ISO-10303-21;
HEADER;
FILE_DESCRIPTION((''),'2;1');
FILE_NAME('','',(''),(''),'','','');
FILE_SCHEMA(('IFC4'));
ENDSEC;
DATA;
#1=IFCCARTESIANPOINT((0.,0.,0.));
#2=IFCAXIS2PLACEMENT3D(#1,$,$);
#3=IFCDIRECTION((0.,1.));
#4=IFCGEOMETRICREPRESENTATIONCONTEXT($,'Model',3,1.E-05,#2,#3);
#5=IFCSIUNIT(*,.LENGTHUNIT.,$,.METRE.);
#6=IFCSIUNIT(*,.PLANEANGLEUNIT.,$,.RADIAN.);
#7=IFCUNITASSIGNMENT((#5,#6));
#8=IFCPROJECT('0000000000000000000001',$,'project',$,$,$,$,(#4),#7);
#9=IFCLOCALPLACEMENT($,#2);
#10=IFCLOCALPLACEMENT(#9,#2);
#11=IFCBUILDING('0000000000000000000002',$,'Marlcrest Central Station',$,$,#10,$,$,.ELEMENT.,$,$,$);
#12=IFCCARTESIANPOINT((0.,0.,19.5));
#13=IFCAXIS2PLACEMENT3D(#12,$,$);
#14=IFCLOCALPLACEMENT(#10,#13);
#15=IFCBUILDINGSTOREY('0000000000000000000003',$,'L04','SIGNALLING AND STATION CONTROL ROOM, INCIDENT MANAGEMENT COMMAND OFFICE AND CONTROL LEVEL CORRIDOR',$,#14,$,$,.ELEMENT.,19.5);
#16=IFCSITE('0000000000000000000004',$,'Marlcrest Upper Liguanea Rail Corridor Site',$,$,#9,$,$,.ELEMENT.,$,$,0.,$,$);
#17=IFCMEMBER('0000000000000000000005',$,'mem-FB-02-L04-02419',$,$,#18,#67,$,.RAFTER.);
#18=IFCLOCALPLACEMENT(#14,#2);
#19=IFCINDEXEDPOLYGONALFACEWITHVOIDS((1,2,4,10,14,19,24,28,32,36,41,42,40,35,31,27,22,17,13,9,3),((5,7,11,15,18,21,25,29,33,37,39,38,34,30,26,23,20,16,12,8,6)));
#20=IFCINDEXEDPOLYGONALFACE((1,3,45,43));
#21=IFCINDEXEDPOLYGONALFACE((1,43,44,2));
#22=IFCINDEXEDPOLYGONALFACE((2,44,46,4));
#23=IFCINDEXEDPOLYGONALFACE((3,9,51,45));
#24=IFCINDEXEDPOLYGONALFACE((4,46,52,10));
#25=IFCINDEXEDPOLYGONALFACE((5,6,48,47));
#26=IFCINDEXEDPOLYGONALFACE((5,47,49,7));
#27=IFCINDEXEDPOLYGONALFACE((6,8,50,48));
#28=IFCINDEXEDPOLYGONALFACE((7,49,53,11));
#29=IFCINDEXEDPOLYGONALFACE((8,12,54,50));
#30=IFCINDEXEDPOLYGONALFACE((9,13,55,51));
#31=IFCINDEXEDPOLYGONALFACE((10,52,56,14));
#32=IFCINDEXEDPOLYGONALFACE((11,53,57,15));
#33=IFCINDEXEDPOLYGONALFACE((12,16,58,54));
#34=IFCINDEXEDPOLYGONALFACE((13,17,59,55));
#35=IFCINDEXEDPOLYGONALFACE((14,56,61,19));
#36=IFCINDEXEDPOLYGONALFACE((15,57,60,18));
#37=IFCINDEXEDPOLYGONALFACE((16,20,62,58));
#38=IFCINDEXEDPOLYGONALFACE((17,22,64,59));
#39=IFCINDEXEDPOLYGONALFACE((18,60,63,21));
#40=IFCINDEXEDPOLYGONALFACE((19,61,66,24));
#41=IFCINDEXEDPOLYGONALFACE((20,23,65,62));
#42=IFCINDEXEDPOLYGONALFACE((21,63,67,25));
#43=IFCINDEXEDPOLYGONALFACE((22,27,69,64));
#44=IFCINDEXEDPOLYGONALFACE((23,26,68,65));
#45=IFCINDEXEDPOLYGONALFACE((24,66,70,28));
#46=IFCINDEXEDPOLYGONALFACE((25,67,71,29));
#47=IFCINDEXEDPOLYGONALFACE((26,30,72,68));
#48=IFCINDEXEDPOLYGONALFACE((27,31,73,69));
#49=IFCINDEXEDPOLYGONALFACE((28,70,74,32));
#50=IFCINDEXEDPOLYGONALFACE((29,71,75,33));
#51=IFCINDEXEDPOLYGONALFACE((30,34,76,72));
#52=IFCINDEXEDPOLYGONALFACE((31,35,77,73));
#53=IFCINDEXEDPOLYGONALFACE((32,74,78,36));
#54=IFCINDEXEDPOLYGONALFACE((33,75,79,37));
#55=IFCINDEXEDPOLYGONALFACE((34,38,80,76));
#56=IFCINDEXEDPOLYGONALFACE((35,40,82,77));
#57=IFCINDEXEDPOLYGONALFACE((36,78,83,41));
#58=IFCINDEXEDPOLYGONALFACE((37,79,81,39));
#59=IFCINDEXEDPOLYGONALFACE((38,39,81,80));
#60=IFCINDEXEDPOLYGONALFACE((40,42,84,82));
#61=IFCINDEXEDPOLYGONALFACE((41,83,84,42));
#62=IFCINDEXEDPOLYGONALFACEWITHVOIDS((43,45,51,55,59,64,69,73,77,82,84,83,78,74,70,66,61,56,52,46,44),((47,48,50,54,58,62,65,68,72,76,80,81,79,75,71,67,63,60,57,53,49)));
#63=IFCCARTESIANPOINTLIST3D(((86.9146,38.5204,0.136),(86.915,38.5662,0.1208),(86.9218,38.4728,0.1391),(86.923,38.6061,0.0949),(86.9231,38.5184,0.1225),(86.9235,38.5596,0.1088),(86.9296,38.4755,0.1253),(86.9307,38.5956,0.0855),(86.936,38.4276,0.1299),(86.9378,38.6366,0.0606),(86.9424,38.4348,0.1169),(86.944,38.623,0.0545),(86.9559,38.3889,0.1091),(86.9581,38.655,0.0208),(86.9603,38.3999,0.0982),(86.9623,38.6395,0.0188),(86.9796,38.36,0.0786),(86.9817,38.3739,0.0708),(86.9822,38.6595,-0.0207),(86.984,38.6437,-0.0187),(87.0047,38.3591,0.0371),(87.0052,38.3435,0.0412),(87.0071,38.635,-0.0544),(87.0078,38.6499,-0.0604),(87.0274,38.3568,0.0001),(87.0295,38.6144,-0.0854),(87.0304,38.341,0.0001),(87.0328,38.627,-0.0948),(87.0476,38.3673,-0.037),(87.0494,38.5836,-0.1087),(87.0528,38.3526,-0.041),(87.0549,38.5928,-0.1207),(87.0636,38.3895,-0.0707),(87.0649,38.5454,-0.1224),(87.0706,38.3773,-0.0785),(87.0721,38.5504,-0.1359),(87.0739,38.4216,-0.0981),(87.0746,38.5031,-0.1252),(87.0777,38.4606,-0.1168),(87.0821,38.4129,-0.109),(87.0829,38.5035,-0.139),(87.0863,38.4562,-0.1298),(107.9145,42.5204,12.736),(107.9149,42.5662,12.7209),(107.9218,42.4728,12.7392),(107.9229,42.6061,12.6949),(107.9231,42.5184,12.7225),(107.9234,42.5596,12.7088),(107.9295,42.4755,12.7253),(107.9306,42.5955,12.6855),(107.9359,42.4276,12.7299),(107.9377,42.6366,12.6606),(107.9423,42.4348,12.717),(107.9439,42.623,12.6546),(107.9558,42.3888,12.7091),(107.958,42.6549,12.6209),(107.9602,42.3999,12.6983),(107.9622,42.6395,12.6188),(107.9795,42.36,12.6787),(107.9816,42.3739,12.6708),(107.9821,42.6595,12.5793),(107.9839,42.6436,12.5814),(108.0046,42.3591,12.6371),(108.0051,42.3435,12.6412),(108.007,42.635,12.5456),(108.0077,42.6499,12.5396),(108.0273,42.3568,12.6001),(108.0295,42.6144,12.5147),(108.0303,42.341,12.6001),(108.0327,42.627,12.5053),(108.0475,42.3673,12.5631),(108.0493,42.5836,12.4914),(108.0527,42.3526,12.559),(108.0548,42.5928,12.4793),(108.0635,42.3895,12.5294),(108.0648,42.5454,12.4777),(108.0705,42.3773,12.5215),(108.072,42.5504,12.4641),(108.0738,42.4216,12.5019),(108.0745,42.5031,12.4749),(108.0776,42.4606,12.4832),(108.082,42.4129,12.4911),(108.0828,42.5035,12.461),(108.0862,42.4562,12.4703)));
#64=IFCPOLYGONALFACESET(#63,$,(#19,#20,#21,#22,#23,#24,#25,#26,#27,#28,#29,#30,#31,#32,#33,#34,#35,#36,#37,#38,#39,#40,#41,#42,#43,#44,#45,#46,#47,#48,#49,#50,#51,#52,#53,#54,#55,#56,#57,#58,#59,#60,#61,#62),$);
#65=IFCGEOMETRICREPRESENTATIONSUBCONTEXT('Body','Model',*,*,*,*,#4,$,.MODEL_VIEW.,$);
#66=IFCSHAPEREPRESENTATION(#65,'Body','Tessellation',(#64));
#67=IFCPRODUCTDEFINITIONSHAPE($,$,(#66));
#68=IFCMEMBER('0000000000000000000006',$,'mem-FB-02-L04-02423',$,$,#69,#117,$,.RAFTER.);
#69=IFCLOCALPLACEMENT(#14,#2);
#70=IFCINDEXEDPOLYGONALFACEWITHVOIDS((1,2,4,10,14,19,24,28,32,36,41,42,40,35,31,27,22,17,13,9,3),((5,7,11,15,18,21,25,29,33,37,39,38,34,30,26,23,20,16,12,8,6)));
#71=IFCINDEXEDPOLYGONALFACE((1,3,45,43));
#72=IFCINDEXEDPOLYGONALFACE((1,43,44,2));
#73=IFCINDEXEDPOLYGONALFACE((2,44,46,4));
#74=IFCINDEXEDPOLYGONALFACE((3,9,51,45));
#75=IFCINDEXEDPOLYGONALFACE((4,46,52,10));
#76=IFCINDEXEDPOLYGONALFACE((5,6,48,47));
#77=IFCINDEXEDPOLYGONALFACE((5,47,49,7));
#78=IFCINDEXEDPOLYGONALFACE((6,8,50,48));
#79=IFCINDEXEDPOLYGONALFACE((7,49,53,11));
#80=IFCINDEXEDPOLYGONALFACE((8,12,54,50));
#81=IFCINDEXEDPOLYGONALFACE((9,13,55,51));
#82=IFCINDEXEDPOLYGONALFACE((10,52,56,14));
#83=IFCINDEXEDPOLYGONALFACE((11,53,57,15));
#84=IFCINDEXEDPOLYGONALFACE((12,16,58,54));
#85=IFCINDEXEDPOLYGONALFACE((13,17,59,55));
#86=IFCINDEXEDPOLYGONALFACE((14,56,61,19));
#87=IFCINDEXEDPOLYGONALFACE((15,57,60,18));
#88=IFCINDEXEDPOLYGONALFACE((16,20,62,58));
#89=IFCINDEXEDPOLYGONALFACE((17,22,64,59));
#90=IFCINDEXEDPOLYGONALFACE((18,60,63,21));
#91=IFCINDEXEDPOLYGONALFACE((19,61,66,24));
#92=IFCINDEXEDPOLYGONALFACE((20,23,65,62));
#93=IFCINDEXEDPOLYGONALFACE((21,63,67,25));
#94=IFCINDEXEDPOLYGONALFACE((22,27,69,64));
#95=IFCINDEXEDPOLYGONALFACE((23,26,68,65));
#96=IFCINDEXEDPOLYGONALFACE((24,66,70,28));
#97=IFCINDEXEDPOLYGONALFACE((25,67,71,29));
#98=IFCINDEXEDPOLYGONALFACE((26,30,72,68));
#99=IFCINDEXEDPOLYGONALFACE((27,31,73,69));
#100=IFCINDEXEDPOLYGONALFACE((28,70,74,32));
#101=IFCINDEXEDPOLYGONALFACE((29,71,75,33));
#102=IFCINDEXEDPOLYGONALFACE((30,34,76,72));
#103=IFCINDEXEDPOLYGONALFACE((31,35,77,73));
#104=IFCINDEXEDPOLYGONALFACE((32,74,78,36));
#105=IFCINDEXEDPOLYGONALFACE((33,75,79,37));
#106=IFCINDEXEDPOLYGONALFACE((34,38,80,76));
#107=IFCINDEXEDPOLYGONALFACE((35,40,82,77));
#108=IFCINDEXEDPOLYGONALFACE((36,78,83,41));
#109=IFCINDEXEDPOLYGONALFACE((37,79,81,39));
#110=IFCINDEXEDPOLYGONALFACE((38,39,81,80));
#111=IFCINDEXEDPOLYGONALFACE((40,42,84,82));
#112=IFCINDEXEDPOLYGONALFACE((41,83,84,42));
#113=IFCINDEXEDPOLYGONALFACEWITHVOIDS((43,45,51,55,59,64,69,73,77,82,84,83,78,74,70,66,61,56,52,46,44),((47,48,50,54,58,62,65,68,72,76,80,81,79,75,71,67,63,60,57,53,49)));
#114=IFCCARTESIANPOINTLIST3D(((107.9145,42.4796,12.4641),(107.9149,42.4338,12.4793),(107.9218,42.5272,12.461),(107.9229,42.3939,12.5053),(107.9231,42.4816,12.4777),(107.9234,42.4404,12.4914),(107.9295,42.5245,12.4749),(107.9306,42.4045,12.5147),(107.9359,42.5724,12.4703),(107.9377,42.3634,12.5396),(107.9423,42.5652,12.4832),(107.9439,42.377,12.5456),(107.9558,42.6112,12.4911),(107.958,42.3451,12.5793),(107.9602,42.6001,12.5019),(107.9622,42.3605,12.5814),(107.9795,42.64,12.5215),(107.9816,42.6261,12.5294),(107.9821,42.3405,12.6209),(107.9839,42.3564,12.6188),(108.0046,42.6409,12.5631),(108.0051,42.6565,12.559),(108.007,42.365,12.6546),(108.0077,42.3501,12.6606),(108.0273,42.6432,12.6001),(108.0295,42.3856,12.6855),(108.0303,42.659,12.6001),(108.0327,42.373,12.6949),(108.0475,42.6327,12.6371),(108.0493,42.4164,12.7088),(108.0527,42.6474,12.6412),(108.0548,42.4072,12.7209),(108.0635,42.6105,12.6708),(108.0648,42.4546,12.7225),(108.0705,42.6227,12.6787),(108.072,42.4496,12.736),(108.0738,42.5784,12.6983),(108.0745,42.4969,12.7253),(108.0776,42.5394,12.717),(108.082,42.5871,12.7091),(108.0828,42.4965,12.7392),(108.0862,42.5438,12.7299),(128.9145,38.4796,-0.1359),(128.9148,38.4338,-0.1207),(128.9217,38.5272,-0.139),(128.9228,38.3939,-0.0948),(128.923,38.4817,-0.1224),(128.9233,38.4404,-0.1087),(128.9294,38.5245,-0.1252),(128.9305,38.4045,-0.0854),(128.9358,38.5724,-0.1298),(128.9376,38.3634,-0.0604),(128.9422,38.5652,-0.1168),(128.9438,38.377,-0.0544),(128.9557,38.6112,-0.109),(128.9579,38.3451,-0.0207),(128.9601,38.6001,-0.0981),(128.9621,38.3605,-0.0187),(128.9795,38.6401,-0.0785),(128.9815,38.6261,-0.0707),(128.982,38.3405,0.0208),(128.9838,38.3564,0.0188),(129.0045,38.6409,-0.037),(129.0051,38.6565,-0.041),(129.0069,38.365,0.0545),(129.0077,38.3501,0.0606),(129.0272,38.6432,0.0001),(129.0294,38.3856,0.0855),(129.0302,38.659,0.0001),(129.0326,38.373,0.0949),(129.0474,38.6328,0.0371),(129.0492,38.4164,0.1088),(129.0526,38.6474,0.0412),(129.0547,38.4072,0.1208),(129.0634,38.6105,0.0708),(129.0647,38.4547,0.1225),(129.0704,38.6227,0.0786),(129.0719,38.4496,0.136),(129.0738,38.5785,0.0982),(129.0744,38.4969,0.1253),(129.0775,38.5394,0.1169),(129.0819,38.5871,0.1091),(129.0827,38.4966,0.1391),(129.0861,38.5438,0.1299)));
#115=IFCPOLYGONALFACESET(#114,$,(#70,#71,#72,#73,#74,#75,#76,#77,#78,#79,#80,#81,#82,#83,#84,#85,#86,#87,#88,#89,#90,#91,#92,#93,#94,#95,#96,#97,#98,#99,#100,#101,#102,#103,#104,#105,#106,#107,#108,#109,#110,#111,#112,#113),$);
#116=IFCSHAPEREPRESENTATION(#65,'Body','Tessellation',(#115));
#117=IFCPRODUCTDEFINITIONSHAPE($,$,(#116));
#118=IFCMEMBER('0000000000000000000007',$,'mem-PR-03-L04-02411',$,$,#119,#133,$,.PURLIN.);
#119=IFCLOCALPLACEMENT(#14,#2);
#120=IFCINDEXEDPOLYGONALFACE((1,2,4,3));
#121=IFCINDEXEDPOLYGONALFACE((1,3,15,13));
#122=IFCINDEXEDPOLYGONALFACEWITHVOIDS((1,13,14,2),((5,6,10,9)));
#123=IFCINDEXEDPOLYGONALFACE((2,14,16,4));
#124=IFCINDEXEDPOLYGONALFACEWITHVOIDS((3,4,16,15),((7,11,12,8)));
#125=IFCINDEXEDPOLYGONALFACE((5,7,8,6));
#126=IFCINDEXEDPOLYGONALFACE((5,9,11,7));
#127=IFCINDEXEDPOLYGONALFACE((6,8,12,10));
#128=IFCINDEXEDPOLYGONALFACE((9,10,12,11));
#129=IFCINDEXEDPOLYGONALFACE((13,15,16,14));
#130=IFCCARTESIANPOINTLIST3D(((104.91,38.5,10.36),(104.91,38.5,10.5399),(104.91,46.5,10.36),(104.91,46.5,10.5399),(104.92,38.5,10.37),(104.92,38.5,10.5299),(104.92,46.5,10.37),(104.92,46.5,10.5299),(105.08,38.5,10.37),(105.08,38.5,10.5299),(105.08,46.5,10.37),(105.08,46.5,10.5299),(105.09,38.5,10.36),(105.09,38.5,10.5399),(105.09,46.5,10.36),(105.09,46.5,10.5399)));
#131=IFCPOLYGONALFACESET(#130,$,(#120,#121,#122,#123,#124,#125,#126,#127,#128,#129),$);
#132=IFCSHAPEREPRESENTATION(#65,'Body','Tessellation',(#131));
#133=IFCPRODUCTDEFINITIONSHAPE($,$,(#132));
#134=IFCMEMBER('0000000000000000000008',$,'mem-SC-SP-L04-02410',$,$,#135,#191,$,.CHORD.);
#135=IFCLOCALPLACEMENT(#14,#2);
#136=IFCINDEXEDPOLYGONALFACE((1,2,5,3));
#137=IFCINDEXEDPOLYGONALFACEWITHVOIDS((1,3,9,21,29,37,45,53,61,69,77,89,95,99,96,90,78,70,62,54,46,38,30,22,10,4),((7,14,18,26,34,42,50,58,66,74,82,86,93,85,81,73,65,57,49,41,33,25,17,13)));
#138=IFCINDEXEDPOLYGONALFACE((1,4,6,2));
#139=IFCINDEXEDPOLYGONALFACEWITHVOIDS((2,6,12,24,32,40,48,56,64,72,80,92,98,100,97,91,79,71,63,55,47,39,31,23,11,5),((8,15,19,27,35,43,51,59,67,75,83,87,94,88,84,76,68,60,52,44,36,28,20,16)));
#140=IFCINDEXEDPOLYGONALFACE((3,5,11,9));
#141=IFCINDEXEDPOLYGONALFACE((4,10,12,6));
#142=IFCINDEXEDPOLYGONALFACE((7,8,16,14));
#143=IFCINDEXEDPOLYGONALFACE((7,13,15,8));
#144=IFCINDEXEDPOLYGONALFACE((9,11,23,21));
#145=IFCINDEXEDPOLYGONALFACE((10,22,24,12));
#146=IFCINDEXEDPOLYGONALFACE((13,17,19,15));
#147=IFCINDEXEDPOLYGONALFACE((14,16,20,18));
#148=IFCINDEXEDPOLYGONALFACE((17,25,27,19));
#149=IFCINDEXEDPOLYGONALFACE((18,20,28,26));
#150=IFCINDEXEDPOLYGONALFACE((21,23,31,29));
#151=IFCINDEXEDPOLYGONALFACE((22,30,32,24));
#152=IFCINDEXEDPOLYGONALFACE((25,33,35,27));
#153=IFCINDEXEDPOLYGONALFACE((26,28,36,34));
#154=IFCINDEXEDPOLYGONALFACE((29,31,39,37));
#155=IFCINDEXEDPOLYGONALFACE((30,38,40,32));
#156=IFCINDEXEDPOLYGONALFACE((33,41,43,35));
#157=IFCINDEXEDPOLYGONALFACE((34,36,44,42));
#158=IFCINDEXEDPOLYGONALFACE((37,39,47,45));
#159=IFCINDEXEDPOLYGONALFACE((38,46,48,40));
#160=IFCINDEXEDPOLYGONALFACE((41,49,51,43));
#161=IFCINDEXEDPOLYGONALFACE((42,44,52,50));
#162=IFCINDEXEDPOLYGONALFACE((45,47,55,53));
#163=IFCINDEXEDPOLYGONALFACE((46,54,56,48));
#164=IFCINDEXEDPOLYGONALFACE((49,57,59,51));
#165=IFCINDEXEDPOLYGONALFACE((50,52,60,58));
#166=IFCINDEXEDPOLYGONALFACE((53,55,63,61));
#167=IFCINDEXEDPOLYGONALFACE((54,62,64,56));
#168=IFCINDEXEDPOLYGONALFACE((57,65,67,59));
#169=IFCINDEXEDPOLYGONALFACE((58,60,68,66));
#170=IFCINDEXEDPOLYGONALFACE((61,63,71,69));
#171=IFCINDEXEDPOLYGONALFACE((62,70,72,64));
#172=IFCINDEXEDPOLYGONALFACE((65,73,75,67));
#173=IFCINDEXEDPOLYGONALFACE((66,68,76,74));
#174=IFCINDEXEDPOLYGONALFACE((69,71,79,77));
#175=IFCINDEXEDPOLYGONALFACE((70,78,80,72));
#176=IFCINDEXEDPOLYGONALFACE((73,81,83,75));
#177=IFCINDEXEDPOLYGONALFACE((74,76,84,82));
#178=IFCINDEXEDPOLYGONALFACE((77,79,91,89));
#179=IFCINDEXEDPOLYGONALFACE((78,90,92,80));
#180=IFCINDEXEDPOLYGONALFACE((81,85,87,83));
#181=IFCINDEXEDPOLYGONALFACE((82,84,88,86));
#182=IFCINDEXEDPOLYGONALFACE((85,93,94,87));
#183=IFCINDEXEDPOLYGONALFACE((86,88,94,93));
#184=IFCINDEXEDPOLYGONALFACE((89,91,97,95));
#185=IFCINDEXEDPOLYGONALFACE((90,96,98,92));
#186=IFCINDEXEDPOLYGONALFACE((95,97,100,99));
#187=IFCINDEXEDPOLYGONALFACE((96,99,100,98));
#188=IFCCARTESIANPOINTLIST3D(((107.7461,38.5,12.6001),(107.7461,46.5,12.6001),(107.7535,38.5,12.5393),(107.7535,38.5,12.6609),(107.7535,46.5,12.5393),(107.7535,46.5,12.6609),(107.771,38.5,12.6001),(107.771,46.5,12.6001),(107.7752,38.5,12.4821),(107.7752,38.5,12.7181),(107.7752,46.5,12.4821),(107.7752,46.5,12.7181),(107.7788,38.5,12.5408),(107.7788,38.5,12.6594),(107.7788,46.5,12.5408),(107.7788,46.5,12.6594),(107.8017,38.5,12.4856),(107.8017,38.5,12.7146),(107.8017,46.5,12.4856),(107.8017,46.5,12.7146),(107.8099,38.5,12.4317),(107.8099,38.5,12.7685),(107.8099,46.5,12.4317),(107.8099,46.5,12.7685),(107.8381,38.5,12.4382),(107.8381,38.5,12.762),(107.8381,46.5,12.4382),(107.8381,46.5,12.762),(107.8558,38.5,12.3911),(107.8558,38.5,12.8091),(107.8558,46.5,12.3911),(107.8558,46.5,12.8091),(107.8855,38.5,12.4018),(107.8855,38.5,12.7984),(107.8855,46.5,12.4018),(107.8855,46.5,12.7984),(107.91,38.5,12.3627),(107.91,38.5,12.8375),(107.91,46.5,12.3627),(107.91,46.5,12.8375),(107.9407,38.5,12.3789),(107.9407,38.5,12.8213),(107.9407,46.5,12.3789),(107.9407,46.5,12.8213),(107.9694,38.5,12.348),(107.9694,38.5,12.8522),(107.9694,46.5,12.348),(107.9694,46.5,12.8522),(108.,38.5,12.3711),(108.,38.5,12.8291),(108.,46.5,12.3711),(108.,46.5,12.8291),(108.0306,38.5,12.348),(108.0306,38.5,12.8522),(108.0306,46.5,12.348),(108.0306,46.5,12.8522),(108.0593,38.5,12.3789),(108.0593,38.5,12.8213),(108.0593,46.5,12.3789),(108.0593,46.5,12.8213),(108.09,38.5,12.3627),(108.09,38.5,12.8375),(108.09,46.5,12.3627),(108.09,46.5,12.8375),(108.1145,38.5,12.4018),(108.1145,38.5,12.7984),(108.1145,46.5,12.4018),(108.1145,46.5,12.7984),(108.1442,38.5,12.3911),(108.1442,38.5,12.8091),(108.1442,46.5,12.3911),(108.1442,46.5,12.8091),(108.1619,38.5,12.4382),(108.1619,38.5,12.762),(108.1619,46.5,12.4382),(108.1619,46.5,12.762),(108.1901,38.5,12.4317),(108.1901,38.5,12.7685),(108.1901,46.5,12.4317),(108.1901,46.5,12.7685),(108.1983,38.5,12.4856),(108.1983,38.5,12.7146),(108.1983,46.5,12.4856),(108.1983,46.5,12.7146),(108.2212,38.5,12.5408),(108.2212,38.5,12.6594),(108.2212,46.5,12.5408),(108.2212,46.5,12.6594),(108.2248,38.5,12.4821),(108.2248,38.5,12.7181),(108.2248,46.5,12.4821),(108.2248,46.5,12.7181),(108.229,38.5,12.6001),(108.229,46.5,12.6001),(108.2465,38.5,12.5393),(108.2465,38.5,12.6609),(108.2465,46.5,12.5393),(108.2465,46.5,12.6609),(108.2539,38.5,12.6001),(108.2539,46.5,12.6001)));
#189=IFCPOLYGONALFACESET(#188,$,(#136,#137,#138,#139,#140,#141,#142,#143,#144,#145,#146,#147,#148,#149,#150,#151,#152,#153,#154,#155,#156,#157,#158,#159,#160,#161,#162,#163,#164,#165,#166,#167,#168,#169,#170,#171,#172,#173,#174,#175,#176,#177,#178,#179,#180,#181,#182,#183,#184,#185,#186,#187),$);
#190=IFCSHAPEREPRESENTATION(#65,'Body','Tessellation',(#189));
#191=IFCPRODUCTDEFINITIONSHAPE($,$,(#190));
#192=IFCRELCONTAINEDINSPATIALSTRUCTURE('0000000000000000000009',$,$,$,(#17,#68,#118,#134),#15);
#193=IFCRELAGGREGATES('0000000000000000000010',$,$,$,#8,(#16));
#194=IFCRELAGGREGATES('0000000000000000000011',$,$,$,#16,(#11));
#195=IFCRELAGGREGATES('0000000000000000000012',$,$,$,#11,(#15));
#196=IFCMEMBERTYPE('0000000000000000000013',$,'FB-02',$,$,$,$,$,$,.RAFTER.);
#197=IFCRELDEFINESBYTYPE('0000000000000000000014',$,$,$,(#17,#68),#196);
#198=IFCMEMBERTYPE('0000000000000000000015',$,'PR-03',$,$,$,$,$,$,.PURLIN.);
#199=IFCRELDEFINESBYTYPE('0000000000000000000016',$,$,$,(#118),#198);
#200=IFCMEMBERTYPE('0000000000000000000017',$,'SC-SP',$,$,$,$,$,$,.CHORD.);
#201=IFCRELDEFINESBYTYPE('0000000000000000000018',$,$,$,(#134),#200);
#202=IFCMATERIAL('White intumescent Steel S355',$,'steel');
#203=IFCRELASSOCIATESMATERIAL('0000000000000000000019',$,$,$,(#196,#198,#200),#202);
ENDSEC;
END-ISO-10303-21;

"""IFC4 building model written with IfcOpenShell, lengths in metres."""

from ifc_helpers import new_model, si_unit, direction, frame, origin, origin_2d, place, context, subcontext, project, spatial, hollow_rectangle, hollow_circle, extrude, material, material_profile, profile_set, type_object, element, save


model = new_model("IFC4")

# Units and contexts
model_context = context("Model", 3, precision=1e-05, world=origin(), true_north=direction((0.0, 1.0)))
body_context = subcontext(model_context, "Body", "Model", "MODEL_VIEW")
ifc_project = project(units=[si_unit("LENGTHUNIT", "METRE"), si_unit("PLANEANGLEUNIT", "RADIAN")], contexts=[model_context])

# Site, building, storey
site_placement = place(None, origin())
site = spatial("IfcSite", under=ifc_project, at=site_placement, Name="Marlcrest Upper Liguanea Rail Corridor Site", CompositionType="ELEMENT", RefElevation=0.0)
building_placement = place(site_placement, origin())
building = spatial("IfcBuilding", under=site, at=building_placement, Name="Marlcrest Central Station", CompositionType="ELEMENT")
storey_placement = place(building_placement, frame((0.0, 0.0, 19.5)))
storey = spatial("IfcBuildingStorey", under=building, at=storey_placement, Name="L04", Description="SIGNALLING AND STATION CONTROL ROOM, INCIDENT MANAGEMENT COMMAND OFFICE AND CONTROL LEVEL CORRIDOR", CompositionType="ELEMENT", Elevation=19.5)

# Members
ifc_material_1 = material(Name="White intumescent Steel S355", Category="steel")
ifc_material_profile_1 = material_profile(ifc_material_1, hollow_circle(Radius=0.1619, WallThickness=0.0161, at=origin_2d()), Name="CHS 323.9x16")
ifc_profile_set_1 = profile_set([ifc_material_profile_1], Name="White intumescent Steel S355")
member_type_1 = type_object("IfcMemberType", Name="FB-02", PredefinedType="RAFTER", material=ifc_profile_set_1)
for number, where, z_axis, x_axis, name in (
    (1, (108.0, 42.5, 12.6001), (-0.846277, -0.161196, -0.50777), (0.187112, -0.982339, 0.0), "mem-FB-02-L04-02419"),
    (2, (108.0, 42.5, 12.6001), (0.846277, -0.161196, -0.50777), (0.187112, 0.982339, 0.0), "mem-FB-02-L04-02423"),
):
    element("IfcMember", number, at=place(storey_placement, frame(where, z_axis=z_axis, x_axis=x_axis)), inside=storey, type_object=member_type_1, Name=name, PredefinedType="RAFTER", context=body_context, shape_type="SweptSolid", body=[
        extrude(hollow_circle(Radius=0.1619, WallThickness=0.0161, at=origin_2d()), origin(), (0.0, 0.0, 1.0), 24.8145),
    ])
ifc_material_profile_2 = material_profile(ifc_material_1, hollow_rectangle(XDim=0.1799, YDim=0.1799, WallThickness=0.01, at=origin_2d()), Name="SHS 180x180x10")
ifc_profile_set_2 = profile_set([ifc_material_profile_2], Name="White intumescent Steel S355")
member_type_2 = type_object("IfcMemberType", Name="PR-03", PredefinedType="PURLIN", material=ifc_profile_set_2)
member_1_placement = place(storey_placement, frame((105.0, 38.5, 10.45), z_axis=(0.0, 1.0, 0.0), x_axis=(-1.0, 0.0, 0.0)))
element("IfcMember", 3, at=member_1_placement, inside=storey, type_object=member_type_2, Name="mem-PR-03-L04-02411", PredefinedType="PURLIN", context=body_context, shape_type="SweptSolid", body=[
    extrude(hollow_rectangle(XDim=0.1799, YDim=0.1799, WallThickness=0.01, at=origin_2d()), origin(), (0.0, 0.0, 1.0), 8.0),
])
ifc_material_profile_3 = material_profile(ifc_material_1, hollow_circle(Radius=0.2539, WallThickness=0.0249, at=origin_2d()), Name="CHS 508x25")
ifc_profile_set_3 = profile_set([ifc_material_profile_3], Name="White intumescent Steel S355")
member_type_3 = type_object("IfcMemberType", Name="SC-SP", PredefinedType="CHORD", material=ifc_profile_set_3)
member_2_placement = place(storey_placement, frame((108.0, 38.5, 12.6001), z_axis=(0.0, 1.0, 0.0), x_axis=(-1.0, 0.0, 0.0)))
element("IfcMember", 4, at=member_2_placement, inside=storey, type_object=member_type_3, Name="mem-SC-SP-L04-02410", PredefinedType="CHORD", context=body_context, shape_type="SweptSolid", body=[
    extrude(hollow_circle(Radius=0.2539, WallThickness=0.0249, at=origin_2d()), origin(), (0.0, 0.0, 1.0), 8.0),
])

save(model, "model.ifc")
